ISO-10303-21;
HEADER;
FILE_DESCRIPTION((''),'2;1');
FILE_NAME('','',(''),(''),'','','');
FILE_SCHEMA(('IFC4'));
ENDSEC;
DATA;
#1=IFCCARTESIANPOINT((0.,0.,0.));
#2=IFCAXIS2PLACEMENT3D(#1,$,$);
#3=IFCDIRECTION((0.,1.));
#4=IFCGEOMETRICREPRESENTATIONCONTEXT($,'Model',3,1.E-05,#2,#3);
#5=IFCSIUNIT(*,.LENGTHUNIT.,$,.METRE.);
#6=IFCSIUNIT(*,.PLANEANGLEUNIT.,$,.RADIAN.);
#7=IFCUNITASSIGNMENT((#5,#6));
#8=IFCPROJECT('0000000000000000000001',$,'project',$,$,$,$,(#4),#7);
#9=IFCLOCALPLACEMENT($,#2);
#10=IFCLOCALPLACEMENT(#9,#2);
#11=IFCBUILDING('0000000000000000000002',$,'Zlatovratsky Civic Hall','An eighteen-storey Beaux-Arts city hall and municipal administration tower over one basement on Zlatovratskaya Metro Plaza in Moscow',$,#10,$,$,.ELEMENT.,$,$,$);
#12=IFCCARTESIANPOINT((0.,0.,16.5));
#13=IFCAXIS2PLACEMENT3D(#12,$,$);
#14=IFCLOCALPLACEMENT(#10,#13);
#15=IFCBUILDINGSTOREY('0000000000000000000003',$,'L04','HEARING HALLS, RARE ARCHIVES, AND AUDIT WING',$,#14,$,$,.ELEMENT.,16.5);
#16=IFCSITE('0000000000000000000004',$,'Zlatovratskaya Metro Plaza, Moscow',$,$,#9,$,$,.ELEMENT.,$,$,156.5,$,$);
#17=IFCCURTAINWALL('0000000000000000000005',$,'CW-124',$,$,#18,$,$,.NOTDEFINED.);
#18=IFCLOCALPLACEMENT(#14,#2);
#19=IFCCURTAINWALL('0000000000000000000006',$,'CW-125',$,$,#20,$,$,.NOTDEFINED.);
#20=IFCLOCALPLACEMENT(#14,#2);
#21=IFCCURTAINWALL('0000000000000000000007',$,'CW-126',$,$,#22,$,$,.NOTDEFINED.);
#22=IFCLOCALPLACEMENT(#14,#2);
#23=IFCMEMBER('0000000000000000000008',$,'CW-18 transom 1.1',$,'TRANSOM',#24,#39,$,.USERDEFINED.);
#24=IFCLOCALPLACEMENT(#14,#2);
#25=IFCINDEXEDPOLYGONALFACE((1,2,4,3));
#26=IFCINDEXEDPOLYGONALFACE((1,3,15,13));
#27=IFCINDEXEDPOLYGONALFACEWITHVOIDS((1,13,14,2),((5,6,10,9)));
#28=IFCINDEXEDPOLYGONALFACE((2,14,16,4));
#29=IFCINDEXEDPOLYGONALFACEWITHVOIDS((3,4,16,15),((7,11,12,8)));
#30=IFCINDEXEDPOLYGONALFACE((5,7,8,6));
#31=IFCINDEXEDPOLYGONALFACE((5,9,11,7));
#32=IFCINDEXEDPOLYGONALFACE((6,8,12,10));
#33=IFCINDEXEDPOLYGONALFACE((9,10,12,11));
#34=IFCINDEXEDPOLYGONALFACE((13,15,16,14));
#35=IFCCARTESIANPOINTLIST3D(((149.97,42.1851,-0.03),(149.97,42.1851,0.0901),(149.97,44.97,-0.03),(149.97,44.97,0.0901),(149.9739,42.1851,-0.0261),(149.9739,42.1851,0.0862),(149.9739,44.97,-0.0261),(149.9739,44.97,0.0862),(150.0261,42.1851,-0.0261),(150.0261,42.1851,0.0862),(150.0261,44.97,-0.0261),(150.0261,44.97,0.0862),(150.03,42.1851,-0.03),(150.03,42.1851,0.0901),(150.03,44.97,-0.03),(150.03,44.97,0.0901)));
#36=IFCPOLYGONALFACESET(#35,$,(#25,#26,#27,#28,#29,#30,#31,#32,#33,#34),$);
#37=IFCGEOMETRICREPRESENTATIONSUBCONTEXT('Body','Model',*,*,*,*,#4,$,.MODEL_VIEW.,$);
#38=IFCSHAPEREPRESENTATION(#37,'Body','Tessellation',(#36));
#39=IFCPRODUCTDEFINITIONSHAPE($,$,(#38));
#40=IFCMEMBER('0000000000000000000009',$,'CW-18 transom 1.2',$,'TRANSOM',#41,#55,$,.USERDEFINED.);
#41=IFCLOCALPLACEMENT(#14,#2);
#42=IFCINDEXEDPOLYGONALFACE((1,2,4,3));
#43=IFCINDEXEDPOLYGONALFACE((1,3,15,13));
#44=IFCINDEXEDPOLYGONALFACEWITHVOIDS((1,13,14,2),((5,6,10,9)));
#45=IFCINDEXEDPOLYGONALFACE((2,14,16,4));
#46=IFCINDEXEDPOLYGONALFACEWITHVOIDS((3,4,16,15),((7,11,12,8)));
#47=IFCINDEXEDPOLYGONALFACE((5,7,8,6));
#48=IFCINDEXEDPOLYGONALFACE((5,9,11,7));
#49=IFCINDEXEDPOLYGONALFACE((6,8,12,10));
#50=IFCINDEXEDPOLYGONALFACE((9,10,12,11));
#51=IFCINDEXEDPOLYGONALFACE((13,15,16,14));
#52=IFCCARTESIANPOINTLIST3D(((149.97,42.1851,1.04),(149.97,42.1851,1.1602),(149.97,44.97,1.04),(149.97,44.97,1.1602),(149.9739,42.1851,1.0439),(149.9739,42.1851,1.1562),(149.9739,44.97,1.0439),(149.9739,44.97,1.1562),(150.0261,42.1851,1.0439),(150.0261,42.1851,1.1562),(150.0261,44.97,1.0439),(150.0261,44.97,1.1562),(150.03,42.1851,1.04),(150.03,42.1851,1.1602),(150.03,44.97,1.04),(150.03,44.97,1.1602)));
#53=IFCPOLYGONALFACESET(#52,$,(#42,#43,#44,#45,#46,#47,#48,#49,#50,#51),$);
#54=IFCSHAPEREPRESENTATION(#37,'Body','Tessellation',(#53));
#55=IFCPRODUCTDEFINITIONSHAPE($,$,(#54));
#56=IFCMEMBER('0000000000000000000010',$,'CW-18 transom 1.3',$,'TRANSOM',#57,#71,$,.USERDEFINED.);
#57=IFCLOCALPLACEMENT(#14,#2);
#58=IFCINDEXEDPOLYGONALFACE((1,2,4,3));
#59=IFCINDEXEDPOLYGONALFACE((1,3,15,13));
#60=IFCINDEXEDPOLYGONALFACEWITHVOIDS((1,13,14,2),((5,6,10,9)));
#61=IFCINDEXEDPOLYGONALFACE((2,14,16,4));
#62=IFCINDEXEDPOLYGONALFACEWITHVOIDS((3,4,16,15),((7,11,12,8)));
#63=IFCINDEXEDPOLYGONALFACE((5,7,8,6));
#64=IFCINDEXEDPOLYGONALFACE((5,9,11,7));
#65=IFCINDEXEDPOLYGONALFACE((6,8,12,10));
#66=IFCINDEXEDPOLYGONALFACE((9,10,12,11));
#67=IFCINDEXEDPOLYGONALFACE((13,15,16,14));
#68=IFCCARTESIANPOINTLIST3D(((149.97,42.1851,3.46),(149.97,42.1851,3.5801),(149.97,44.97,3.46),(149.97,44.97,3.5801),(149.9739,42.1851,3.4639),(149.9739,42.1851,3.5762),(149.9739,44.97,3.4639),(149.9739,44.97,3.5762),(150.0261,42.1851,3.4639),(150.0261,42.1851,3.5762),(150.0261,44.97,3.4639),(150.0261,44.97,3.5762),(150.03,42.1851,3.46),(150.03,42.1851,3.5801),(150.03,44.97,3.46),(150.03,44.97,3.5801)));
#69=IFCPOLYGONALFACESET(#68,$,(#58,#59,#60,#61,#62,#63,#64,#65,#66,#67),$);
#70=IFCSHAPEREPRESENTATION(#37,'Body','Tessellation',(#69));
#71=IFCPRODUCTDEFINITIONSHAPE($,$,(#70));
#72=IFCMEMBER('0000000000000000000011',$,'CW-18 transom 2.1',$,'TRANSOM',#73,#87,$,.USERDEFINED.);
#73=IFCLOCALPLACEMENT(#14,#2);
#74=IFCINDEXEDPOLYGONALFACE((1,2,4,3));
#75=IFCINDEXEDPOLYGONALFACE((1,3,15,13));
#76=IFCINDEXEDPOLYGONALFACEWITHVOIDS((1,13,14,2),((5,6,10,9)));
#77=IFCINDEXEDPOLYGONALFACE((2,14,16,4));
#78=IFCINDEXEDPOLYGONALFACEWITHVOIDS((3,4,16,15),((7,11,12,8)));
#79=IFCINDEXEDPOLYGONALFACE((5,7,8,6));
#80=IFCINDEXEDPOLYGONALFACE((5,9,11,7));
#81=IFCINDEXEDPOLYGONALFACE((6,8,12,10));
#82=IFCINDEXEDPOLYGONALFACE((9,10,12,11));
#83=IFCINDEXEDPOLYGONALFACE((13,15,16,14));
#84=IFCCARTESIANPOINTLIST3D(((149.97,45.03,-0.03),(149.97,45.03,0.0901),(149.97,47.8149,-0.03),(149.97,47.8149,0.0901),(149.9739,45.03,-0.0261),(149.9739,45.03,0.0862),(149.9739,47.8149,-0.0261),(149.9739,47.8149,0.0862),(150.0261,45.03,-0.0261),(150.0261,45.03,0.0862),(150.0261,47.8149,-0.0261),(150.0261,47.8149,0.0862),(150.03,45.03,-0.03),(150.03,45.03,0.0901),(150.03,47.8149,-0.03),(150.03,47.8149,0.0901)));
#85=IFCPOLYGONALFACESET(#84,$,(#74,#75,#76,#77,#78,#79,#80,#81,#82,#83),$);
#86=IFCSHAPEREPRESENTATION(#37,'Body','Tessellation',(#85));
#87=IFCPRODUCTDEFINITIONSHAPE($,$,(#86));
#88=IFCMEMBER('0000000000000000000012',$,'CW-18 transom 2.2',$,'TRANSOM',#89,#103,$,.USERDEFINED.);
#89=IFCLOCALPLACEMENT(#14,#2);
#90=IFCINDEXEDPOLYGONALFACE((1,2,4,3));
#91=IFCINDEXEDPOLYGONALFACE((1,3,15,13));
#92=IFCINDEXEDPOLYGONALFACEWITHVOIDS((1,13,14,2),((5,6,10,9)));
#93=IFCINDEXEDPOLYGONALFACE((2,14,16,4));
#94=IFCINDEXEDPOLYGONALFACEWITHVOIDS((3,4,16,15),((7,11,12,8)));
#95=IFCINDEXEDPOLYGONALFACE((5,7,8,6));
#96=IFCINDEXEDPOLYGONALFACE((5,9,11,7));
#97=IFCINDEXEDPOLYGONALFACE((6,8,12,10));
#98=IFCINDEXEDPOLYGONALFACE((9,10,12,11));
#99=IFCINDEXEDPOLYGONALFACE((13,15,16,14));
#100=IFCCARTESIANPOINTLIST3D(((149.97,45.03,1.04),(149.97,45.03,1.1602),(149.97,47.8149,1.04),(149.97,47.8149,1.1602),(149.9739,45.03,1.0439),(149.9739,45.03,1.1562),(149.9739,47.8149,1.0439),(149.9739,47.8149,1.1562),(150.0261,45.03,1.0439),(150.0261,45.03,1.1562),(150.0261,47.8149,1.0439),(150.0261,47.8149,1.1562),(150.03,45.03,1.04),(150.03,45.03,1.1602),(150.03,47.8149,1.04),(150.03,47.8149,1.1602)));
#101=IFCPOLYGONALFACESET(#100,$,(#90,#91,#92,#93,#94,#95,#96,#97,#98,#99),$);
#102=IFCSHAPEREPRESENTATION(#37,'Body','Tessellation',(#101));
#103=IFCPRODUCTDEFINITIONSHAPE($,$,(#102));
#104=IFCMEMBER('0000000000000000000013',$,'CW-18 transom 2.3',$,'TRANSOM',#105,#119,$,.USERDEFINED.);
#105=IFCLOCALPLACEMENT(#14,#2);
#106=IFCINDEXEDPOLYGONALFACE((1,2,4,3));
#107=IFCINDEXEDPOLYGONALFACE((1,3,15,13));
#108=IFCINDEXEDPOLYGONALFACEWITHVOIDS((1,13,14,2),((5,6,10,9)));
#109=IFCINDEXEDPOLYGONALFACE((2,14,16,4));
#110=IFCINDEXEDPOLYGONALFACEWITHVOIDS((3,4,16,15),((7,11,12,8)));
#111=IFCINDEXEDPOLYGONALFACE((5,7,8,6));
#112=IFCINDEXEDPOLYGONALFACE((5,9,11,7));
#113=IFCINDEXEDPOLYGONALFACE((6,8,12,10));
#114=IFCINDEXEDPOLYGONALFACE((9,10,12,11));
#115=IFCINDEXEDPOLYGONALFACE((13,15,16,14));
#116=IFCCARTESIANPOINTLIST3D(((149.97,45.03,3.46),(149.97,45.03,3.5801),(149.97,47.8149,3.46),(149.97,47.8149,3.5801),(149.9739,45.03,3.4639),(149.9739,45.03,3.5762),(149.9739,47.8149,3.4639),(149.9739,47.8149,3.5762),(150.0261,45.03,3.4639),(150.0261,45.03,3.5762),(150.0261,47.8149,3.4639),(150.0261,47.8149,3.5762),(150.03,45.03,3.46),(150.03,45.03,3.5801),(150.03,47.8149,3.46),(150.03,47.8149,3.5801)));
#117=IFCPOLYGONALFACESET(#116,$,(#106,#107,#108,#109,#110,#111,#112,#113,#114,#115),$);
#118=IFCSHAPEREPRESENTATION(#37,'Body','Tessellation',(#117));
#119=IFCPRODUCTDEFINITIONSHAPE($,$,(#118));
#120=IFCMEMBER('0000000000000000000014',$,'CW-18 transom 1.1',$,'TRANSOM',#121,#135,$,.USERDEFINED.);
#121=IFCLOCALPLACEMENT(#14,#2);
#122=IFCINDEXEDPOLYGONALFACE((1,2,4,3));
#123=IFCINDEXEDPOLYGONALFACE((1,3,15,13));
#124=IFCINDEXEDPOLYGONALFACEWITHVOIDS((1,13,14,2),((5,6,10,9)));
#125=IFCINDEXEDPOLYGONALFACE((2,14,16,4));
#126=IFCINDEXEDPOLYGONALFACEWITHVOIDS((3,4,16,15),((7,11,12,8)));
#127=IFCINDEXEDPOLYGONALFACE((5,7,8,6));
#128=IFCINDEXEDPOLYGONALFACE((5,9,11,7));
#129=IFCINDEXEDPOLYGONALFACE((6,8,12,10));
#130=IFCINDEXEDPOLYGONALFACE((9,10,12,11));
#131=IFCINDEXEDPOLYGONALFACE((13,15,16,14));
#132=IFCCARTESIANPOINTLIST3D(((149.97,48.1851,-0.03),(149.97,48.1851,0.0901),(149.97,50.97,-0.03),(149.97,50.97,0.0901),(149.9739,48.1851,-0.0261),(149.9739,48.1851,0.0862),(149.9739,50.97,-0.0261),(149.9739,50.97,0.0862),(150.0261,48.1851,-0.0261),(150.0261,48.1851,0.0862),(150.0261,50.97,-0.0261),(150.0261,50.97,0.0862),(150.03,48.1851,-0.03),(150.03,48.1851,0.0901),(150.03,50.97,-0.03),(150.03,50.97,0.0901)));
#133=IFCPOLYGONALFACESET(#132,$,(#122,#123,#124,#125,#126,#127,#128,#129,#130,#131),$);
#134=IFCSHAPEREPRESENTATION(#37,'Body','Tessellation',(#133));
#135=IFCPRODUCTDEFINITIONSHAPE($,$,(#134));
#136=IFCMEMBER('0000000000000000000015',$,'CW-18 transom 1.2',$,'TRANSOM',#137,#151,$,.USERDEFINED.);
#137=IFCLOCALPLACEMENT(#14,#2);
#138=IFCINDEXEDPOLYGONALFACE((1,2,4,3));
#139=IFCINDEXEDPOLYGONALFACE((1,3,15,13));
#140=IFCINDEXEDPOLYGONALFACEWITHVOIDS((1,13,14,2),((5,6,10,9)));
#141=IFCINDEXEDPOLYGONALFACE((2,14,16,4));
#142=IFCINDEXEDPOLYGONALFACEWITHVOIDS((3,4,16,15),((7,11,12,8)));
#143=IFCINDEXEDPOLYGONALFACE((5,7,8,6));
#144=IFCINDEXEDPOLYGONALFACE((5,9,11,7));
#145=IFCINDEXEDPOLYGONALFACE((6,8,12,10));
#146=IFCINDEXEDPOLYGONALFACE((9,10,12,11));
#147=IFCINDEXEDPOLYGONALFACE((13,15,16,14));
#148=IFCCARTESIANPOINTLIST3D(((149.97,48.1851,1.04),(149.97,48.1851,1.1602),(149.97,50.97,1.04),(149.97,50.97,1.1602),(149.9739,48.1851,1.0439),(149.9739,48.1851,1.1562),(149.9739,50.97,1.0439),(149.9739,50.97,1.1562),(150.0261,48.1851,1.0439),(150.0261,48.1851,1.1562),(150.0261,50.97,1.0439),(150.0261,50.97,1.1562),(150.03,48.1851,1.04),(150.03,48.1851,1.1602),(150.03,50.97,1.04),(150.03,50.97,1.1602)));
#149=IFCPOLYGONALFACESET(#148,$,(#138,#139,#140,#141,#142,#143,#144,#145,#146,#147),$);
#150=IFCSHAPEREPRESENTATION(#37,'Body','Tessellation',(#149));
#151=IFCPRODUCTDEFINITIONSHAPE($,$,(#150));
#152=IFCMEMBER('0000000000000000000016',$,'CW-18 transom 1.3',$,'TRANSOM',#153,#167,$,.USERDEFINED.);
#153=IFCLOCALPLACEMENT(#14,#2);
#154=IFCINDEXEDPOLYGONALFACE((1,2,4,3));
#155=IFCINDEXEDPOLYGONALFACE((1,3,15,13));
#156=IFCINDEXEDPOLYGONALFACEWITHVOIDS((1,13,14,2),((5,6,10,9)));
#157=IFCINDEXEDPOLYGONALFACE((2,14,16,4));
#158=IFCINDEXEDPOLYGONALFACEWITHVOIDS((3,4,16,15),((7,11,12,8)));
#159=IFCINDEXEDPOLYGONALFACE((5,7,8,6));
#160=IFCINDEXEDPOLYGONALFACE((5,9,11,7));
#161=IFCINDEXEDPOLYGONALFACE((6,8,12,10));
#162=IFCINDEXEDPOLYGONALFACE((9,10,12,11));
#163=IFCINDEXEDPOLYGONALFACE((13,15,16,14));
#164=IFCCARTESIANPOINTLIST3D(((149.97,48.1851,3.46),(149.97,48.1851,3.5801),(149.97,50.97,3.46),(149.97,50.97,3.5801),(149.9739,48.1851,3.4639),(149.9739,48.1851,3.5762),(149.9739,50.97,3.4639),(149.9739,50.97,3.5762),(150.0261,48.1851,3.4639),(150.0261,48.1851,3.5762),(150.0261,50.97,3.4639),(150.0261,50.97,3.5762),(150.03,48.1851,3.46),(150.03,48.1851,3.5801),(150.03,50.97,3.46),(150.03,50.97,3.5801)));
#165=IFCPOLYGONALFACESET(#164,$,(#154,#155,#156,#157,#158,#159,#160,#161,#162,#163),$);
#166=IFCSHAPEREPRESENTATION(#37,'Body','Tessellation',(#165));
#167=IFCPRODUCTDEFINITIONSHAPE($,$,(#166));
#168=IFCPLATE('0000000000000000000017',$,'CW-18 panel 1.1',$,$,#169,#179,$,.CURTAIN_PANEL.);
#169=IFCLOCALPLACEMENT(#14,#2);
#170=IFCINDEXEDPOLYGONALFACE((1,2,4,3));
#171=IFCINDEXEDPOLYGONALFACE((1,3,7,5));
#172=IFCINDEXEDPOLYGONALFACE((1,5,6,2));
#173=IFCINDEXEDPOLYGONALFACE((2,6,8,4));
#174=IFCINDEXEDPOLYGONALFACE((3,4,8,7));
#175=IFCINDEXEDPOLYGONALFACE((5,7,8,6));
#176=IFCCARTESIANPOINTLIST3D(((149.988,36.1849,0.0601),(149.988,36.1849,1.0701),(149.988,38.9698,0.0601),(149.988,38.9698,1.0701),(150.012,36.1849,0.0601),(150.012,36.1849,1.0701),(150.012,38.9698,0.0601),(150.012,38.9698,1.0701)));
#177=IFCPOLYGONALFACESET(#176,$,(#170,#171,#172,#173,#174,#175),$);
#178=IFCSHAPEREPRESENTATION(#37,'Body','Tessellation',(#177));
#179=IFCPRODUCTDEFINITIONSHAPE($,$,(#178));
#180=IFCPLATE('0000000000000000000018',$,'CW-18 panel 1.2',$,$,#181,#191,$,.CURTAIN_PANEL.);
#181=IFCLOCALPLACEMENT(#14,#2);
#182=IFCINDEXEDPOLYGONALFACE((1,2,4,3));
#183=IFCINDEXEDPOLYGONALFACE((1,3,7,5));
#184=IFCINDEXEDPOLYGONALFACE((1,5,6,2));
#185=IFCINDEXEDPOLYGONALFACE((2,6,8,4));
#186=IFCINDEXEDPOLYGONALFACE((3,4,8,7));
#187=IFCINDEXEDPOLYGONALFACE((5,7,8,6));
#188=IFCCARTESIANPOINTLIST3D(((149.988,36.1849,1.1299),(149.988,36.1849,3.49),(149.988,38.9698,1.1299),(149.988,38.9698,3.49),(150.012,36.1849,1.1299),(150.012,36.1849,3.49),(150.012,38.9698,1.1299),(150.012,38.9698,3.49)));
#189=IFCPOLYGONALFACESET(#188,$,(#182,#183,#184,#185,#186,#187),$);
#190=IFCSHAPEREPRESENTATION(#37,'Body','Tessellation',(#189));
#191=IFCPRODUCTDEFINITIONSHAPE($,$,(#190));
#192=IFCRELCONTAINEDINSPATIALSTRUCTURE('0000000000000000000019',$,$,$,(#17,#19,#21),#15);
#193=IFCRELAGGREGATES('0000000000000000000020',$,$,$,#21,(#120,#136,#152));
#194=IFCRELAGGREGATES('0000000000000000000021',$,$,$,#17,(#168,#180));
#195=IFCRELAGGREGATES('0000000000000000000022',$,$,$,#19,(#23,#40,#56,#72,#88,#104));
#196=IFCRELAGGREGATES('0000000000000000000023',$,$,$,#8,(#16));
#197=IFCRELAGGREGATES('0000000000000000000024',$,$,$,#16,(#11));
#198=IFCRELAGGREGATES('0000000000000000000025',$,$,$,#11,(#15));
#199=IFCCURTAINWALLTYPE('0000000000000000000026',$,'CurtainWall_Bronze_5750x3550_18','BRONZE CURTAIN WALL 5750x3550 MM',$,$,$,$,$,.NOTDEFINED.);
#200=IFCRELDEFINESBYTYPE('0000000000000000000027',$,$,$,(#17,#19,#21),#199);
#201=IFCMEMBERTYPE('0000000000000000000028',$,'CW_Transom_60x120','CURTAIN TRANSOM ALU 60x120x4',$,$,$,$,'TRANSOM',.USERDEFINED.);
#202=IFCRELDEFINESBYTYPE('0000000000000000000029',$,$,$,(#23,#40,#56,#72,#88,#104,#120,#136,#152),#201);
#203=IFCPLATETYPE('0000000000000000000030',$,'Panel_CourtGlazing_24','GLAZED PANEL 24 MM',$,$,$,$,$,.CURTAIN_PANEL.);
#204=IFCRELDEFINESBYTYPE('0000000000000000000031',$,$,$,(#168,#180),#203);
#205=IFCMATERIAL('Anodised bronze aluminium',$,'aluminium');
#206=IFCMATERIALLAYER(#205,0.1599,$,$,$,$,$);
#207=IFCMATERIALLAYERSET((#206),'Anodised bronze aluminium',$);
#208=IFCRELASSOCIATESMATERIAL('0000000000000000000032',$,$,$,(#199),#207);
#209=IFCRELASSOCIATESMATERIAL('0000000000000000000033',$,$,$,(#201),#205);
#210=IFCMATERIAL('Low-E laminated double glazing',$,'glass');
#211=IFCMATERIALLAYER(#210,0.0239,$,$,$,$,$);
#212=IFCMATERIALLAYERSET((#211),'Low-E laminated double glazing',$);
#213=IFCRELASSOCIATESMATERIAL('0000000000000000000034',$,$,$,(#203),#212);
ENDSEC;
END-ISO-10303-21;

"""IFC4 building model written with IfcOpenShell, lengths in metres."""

from ifc_helpers import new_model, si_unit, direction, frame, origin, origin_2d, place, context, subcontext, project, spatial, rectangle, hollow_rectangle, extrude, material, layer, layer_set, material_profile, profile_set, type_object, element, aggregate, save


model = new_model("IFC4")

# Units and contexts
model_context = context("Model", 3, precision=1e-05, world=origin(), true_north=direction((0.0, 1.0)))
body_context = subcontext(model_context, "Body", "Model", "MODEL_VIEW")
ifc_project = project(units=[si_unit("LENGTHUNIT", "METRE"), si_unit("PLANEANGLEUNIT", "RADIAN")], contexts=[model_context])

# Site, building, storey
site_placement = place(None, origin())
site = spatial("IfcSite", under=ifc_project, at=site_placement, Name="Zlatovratskaya Metro Plaza, Moscow", CompositionType="ELEMENT", RefElevation=156.5)
building_placement = place(site_placement, origin())
building = spatial("IfcBuilding", under=site, at=building_placement, Name="Zlatovratsky Civic Hall", Description="An eighteen-storey Beaux-Arts city hall and municipal administration tower over one basement on Zlatovratskaya Metro Plaza in Moscow", CompositionType="ELEMENT")
storey_placement = place(building_placement, frame((0.0, 0.0, 16.5)))
storey = spatial("IfcBuildingStorey", under=building, at=storey_placement, Name="L04", Description="HEARING HALLS, RARE ARCHIVES, AND AUDIT WING", CompositionType="ELEMENT", Elevation=16.5)

# Curtain walls
ifc_material_1 = material(Name="Anodised bronze aluminium", Category="aluminium")
ifc_layer_1 = layer(ifc_material_1, 0.1599)
ifc_layer_set_1 = layer_set([ifc_layer_1], Name="Anodised bronze aluminium")
curtain_wall_type = type_object("IfcCurtainWallType", Name="CurtainWall_Bronze_5750x3550_18", Description="BRONZE CURTAIN WALL 5750x3550 MM", PredefinedType="NOTDEFINED", material=ifc_layer_set_1)
curtain_wall_1_placement = place(storey_placement, origin())
curtain_wall_1 = element("IfcCurtainWall", 1, at=curtain_wall_1_placement, inside=storey, type_object=curtain_wall_type, Name="CW-124", PredefinedType="NOTDEFINED")
curtain_wall_2_placement = place(storey_placement, origin())
curtain_wall_2 = element("IfcCurtainWall", 2, at=curtain_wall_2_placement, inside=storey, type_object=curtain_wall_type, Name="CW-125", PredefinedType="NOTDEFINED")

# Curtain wall
curtain_wall_3_placement = place(storey_placement, origin())
curtain_wall_3 = element("IfcCurtainWall", 3, at=curtain_wall_3_placement, inside=storey, type_object=curtain_wall_type, Name="CW-126", PredefinedType="NOTDEFINED")

# Members
ifc_material_profile_1 = material_profile(ifc_material_1, hollow_rectangle(XDim=0.0601, YDim=0.1201, WallThickness=0.0039, at=origin_2d()), Name="ALU 60x120x4")
ifc_profile_set_1 = profile_set([ifc_material_profile_1], Name="Anodised bronze aluminium")
member_type_1 = type_object("IfcMemberType", Name="CW_Transom_60x120", Description="CURTAIN TRANSOM ALU 60x120x4", ElementType="TRANSOM", PredefinedType="USERDEFINED", material=ifc_profile_set_1)
member_1_placement = place(storey_placement, frame((150.0, 42.1851, 0.03), z_axis=(0.0, 1.0, 0.0), x_axis=(-1.0, 0.0, 0.0)))
member_1 = element("IfcMember", 4, at=member_1_placement, type_object=member_type_1, Name="CW-18 transom 1.1", ObjectType="TRANSOM", PredefinedType="USERDEFINED", context=body_context, shape_type="SweptSolid", body=[
    extrude(hollow_rectangle(XDim=0.0601, YDim=0.1201, WallThickness=0.0039, at=origin_2d()), origin(), (0.0, 0.0, 1.0), 2.7849),
])
member_2_placement = place(storey_placement, frame((150.0, 42.1851, 1.1001), z_axis=(0.0, 1.0, 0.0), x_axis=(-1.0, 0.0, 0.0)))
member_2 = element("IfcMember", 5, at=member_2_placement, type_object=member_type_1, Name="CW-18 transom 1.2", ObjectType="TRANSOM", PredefinedType="USERDEFINED", context=body_context, shape_type="SweptSolid", body=[
    extrude(hollow_rectangle(XDim=0.0601, YDim=0.1201, WallThickness=0.0039, at=origin_2d()), origin(), (0.0, 0.0, 1.0), 2.7849),
])
member_3_placement = place(storey_placement, frame((150.0, 42.1851, 3.52), z_axis=(0.0, 1.0, 0.0), x_axis=(-1.0, 0.0, 0.0)))
member_3 = element("IfcMember", 6, at=member_3_placement, type_object=member_type_1, Name="CW-18 transom 1.3", ObjectType="TRANSOM", PredefinedType="USERDEFINED", context=body_context, shape_type="SweptSolid", body=[
    extrude(hollow_rectangle(XDim=0.0601, YDim=0.1201, WallThickness=0.0039, at=origin_2d()), origin(), (0.0, 0.0, 1.0), 2.7849),
])
member_4_placement = place(storey_placement, frame((150.0, 45.03, 0.03), z_axis=(0.0, 1.0, 0.0), x_axis=(-1.0, 0.0, 0.0)))
member_4 = element("IfcMember", 7, at=member_4_placement, type_object=member_type_1, Name="CW-18 transom 2.1", ObjectType="TRANSOM", PredefinedType="USERDEFINED", context=body_context, shape_type="SweptSolid", body=[
    extrude(hollow_rectangle(XDim=0.0601, YDim=0.1201, WallThickness=0.0039, at=origin_2d()), origin(), (0.0, 0.0, 1.0), 2.7849),
])
member_5_placement = place(storey_placement, frame((150.0, 45.03, 1.1001), z_axis=(0.0, 1.0, 0.0), x_axis=(-1.0, 0.0, 0.0)))
member_5 = element("IfcMember", 8, at=member_5_placement, type_object=member_type_1, Name="CW-18 transom 2.2", ObjectType="TRANSOM", PredefinedType="USERDEFINED", context=body_context, shape_type="SweptSolid", body=[
    extrude(hollow_rectangle(XDim=0.0601, YDim=0.1201, WallThickness=0.0039, at=origin_2d()), origin(), (0.0, 0.0, 1.0), 2.7849),
])
member_6_placement = place(storey_placement, frame((150.0, 45.03, 3.52), z_axis=(0.0, 1.0, 0.0), x_axis=(-1.0, 0.0, 0.0)))
member_6 = element("IfcMember", 9, at=member_6_placement, type_object=member_type_1, Name="CW-18 transom 2.3", ObjectType="TRANSOM", PredefinedType="USERDEFINED", context=body_context, shape_type="SweptSolid", body=[
    extrude(hollow_rectangle(XDim=0.0601, YDim=0.1201, WallThickness=0.0039, at=origin_2d()), origin(), (0.0, 0.0, 1.0), 2.7849),
])
member_7_placement = place(storey_placement, frame((150.0, 48.1851, 0.03), z_axis=(0.0, 1.0, 0.0), x_axis=(-1.0, 0.0, 0.0)))
member_7 = element("IfcMember", 10, at=member_7_placement, type_object=member_type_1, Name="CW-18 transom 1.1", ObjectType="TRANSOM", PredefinedType="USERDEFINED", context=body_context, shape_type="SweptSolid", body=[
    extrude(hollow_rectangle(XDim=0.0601, YDim=0.1201, WallThickness=0.0039, at=origin_2d()), origin(), (0.0, 0.0, 1.0), 2.7849),
])
member_8_placement = place(storey_placement, frame((150.0, 48.1851, 1.1001), z_axis=(0.0, 1.0, 0.0), x_axis=(-1.0, 0.0, 0.0)))
member_8 = element("IfcMember", 11, at=member_8_placement, type_object=member_type_1, Name="CW-18 transom 1.2", ObjectType="TRANSOM", PredefinedType="USERDEFINED", context=body_context, shape_type="SweptSolid", body=[
    extrude(hollow_rectangle(XDim=0.0601, YDim=0.1201, WallThickness=0.0039, at=origin_2d()), origin(), (0.0, 0.0, 1.0), 2.7849),
])
member_9_placement = place(storey_placement, frame((150.0, 48.1851, 3.52), z_axis=(0.0, 1.0, 0.0), x_axis=(-1.0, 0.0, 0.0)))
member_9 = element("IfcMember", 12, at=member_9_placement, type_object=member_type_1, Name="CW-18 transom 1.3", ObjectType="TRANSOM", PredefinedType="USERDEFINED", context=body_context, shape_type="SweptSolid", body=[
    extrude(hollow_rectangle(XDim=0.0601, YDim=0.1201, WallThickness=0.0039, at=origin_2d()), origin(), (0.0, 0.0, 1.0), 2.7849),
])
aggregate(curtain_wall_3, [member_7, member_8, member_9])

# Plates
ifc_material_2 = material(Name="Low-E laminated double glazing", Category="glass")
ifc_layer_2 = layer(ifc_material_2, 0.0239)
ifc_layer_set_2 = layer_set([ifc_layer_2], Name="Low-E laminated double glazing")
plate_type = type_object("IfcPlateType", Name="Panel_CourtGlazing_24", Description="GLAZED PANEL 24 MM", PredefinedType="CURTAIN_PANEL", material=ifc_layer_set_2)
plate_1_placement = place(storey_placement, frame((150.0, 37.5774, 0.0601), z_axis=(0.0, 0.0, 1.0), x_axis=(0.0, 1.0, 0.0)))
plate_1 = element("IfcPlate", 13, at=plate_1_placement, type_object=plate_type, Name="CW-18 panel 1.1", PredefinedType="CURTAIN_PANEL", context=body_context, shape_type="SweptSolid", body=[
    extrude(rectangle(XDim=2.7849, YDim=0.0239, at=origin_2d()), origin(), (0.0, 0.0, 1.0), 1.01),
])
plate_2_placement = place(storey_placement, frame((150.0, 37.5774, 1.1299), z_axis=(0.0, 0.0, 1.0), x_axis=(0.0, 1.0, 0.0)))
plate_2 = element("IfcPlate", 14, at=plate_2_placement, type_object=plate_type, Name="CW-18 panel 1.2", PredefinedType="CURTAIN_PANEL", context=body_context, shape_type="SweptSolid", body=[
    extrude(rectangle(XDim=2.7849, YDim=0.0239, at=origin_2d()), origin(), (0.0, 0.0, 1.0), 2.3601),
])
aggregate(curtain_wall_1, [plate_1, plate_2])
aggregate(curtain_wall_2, [member_1, member_2, member_3, member_4, member_5, member_6])

save(model, "model.ifc")
